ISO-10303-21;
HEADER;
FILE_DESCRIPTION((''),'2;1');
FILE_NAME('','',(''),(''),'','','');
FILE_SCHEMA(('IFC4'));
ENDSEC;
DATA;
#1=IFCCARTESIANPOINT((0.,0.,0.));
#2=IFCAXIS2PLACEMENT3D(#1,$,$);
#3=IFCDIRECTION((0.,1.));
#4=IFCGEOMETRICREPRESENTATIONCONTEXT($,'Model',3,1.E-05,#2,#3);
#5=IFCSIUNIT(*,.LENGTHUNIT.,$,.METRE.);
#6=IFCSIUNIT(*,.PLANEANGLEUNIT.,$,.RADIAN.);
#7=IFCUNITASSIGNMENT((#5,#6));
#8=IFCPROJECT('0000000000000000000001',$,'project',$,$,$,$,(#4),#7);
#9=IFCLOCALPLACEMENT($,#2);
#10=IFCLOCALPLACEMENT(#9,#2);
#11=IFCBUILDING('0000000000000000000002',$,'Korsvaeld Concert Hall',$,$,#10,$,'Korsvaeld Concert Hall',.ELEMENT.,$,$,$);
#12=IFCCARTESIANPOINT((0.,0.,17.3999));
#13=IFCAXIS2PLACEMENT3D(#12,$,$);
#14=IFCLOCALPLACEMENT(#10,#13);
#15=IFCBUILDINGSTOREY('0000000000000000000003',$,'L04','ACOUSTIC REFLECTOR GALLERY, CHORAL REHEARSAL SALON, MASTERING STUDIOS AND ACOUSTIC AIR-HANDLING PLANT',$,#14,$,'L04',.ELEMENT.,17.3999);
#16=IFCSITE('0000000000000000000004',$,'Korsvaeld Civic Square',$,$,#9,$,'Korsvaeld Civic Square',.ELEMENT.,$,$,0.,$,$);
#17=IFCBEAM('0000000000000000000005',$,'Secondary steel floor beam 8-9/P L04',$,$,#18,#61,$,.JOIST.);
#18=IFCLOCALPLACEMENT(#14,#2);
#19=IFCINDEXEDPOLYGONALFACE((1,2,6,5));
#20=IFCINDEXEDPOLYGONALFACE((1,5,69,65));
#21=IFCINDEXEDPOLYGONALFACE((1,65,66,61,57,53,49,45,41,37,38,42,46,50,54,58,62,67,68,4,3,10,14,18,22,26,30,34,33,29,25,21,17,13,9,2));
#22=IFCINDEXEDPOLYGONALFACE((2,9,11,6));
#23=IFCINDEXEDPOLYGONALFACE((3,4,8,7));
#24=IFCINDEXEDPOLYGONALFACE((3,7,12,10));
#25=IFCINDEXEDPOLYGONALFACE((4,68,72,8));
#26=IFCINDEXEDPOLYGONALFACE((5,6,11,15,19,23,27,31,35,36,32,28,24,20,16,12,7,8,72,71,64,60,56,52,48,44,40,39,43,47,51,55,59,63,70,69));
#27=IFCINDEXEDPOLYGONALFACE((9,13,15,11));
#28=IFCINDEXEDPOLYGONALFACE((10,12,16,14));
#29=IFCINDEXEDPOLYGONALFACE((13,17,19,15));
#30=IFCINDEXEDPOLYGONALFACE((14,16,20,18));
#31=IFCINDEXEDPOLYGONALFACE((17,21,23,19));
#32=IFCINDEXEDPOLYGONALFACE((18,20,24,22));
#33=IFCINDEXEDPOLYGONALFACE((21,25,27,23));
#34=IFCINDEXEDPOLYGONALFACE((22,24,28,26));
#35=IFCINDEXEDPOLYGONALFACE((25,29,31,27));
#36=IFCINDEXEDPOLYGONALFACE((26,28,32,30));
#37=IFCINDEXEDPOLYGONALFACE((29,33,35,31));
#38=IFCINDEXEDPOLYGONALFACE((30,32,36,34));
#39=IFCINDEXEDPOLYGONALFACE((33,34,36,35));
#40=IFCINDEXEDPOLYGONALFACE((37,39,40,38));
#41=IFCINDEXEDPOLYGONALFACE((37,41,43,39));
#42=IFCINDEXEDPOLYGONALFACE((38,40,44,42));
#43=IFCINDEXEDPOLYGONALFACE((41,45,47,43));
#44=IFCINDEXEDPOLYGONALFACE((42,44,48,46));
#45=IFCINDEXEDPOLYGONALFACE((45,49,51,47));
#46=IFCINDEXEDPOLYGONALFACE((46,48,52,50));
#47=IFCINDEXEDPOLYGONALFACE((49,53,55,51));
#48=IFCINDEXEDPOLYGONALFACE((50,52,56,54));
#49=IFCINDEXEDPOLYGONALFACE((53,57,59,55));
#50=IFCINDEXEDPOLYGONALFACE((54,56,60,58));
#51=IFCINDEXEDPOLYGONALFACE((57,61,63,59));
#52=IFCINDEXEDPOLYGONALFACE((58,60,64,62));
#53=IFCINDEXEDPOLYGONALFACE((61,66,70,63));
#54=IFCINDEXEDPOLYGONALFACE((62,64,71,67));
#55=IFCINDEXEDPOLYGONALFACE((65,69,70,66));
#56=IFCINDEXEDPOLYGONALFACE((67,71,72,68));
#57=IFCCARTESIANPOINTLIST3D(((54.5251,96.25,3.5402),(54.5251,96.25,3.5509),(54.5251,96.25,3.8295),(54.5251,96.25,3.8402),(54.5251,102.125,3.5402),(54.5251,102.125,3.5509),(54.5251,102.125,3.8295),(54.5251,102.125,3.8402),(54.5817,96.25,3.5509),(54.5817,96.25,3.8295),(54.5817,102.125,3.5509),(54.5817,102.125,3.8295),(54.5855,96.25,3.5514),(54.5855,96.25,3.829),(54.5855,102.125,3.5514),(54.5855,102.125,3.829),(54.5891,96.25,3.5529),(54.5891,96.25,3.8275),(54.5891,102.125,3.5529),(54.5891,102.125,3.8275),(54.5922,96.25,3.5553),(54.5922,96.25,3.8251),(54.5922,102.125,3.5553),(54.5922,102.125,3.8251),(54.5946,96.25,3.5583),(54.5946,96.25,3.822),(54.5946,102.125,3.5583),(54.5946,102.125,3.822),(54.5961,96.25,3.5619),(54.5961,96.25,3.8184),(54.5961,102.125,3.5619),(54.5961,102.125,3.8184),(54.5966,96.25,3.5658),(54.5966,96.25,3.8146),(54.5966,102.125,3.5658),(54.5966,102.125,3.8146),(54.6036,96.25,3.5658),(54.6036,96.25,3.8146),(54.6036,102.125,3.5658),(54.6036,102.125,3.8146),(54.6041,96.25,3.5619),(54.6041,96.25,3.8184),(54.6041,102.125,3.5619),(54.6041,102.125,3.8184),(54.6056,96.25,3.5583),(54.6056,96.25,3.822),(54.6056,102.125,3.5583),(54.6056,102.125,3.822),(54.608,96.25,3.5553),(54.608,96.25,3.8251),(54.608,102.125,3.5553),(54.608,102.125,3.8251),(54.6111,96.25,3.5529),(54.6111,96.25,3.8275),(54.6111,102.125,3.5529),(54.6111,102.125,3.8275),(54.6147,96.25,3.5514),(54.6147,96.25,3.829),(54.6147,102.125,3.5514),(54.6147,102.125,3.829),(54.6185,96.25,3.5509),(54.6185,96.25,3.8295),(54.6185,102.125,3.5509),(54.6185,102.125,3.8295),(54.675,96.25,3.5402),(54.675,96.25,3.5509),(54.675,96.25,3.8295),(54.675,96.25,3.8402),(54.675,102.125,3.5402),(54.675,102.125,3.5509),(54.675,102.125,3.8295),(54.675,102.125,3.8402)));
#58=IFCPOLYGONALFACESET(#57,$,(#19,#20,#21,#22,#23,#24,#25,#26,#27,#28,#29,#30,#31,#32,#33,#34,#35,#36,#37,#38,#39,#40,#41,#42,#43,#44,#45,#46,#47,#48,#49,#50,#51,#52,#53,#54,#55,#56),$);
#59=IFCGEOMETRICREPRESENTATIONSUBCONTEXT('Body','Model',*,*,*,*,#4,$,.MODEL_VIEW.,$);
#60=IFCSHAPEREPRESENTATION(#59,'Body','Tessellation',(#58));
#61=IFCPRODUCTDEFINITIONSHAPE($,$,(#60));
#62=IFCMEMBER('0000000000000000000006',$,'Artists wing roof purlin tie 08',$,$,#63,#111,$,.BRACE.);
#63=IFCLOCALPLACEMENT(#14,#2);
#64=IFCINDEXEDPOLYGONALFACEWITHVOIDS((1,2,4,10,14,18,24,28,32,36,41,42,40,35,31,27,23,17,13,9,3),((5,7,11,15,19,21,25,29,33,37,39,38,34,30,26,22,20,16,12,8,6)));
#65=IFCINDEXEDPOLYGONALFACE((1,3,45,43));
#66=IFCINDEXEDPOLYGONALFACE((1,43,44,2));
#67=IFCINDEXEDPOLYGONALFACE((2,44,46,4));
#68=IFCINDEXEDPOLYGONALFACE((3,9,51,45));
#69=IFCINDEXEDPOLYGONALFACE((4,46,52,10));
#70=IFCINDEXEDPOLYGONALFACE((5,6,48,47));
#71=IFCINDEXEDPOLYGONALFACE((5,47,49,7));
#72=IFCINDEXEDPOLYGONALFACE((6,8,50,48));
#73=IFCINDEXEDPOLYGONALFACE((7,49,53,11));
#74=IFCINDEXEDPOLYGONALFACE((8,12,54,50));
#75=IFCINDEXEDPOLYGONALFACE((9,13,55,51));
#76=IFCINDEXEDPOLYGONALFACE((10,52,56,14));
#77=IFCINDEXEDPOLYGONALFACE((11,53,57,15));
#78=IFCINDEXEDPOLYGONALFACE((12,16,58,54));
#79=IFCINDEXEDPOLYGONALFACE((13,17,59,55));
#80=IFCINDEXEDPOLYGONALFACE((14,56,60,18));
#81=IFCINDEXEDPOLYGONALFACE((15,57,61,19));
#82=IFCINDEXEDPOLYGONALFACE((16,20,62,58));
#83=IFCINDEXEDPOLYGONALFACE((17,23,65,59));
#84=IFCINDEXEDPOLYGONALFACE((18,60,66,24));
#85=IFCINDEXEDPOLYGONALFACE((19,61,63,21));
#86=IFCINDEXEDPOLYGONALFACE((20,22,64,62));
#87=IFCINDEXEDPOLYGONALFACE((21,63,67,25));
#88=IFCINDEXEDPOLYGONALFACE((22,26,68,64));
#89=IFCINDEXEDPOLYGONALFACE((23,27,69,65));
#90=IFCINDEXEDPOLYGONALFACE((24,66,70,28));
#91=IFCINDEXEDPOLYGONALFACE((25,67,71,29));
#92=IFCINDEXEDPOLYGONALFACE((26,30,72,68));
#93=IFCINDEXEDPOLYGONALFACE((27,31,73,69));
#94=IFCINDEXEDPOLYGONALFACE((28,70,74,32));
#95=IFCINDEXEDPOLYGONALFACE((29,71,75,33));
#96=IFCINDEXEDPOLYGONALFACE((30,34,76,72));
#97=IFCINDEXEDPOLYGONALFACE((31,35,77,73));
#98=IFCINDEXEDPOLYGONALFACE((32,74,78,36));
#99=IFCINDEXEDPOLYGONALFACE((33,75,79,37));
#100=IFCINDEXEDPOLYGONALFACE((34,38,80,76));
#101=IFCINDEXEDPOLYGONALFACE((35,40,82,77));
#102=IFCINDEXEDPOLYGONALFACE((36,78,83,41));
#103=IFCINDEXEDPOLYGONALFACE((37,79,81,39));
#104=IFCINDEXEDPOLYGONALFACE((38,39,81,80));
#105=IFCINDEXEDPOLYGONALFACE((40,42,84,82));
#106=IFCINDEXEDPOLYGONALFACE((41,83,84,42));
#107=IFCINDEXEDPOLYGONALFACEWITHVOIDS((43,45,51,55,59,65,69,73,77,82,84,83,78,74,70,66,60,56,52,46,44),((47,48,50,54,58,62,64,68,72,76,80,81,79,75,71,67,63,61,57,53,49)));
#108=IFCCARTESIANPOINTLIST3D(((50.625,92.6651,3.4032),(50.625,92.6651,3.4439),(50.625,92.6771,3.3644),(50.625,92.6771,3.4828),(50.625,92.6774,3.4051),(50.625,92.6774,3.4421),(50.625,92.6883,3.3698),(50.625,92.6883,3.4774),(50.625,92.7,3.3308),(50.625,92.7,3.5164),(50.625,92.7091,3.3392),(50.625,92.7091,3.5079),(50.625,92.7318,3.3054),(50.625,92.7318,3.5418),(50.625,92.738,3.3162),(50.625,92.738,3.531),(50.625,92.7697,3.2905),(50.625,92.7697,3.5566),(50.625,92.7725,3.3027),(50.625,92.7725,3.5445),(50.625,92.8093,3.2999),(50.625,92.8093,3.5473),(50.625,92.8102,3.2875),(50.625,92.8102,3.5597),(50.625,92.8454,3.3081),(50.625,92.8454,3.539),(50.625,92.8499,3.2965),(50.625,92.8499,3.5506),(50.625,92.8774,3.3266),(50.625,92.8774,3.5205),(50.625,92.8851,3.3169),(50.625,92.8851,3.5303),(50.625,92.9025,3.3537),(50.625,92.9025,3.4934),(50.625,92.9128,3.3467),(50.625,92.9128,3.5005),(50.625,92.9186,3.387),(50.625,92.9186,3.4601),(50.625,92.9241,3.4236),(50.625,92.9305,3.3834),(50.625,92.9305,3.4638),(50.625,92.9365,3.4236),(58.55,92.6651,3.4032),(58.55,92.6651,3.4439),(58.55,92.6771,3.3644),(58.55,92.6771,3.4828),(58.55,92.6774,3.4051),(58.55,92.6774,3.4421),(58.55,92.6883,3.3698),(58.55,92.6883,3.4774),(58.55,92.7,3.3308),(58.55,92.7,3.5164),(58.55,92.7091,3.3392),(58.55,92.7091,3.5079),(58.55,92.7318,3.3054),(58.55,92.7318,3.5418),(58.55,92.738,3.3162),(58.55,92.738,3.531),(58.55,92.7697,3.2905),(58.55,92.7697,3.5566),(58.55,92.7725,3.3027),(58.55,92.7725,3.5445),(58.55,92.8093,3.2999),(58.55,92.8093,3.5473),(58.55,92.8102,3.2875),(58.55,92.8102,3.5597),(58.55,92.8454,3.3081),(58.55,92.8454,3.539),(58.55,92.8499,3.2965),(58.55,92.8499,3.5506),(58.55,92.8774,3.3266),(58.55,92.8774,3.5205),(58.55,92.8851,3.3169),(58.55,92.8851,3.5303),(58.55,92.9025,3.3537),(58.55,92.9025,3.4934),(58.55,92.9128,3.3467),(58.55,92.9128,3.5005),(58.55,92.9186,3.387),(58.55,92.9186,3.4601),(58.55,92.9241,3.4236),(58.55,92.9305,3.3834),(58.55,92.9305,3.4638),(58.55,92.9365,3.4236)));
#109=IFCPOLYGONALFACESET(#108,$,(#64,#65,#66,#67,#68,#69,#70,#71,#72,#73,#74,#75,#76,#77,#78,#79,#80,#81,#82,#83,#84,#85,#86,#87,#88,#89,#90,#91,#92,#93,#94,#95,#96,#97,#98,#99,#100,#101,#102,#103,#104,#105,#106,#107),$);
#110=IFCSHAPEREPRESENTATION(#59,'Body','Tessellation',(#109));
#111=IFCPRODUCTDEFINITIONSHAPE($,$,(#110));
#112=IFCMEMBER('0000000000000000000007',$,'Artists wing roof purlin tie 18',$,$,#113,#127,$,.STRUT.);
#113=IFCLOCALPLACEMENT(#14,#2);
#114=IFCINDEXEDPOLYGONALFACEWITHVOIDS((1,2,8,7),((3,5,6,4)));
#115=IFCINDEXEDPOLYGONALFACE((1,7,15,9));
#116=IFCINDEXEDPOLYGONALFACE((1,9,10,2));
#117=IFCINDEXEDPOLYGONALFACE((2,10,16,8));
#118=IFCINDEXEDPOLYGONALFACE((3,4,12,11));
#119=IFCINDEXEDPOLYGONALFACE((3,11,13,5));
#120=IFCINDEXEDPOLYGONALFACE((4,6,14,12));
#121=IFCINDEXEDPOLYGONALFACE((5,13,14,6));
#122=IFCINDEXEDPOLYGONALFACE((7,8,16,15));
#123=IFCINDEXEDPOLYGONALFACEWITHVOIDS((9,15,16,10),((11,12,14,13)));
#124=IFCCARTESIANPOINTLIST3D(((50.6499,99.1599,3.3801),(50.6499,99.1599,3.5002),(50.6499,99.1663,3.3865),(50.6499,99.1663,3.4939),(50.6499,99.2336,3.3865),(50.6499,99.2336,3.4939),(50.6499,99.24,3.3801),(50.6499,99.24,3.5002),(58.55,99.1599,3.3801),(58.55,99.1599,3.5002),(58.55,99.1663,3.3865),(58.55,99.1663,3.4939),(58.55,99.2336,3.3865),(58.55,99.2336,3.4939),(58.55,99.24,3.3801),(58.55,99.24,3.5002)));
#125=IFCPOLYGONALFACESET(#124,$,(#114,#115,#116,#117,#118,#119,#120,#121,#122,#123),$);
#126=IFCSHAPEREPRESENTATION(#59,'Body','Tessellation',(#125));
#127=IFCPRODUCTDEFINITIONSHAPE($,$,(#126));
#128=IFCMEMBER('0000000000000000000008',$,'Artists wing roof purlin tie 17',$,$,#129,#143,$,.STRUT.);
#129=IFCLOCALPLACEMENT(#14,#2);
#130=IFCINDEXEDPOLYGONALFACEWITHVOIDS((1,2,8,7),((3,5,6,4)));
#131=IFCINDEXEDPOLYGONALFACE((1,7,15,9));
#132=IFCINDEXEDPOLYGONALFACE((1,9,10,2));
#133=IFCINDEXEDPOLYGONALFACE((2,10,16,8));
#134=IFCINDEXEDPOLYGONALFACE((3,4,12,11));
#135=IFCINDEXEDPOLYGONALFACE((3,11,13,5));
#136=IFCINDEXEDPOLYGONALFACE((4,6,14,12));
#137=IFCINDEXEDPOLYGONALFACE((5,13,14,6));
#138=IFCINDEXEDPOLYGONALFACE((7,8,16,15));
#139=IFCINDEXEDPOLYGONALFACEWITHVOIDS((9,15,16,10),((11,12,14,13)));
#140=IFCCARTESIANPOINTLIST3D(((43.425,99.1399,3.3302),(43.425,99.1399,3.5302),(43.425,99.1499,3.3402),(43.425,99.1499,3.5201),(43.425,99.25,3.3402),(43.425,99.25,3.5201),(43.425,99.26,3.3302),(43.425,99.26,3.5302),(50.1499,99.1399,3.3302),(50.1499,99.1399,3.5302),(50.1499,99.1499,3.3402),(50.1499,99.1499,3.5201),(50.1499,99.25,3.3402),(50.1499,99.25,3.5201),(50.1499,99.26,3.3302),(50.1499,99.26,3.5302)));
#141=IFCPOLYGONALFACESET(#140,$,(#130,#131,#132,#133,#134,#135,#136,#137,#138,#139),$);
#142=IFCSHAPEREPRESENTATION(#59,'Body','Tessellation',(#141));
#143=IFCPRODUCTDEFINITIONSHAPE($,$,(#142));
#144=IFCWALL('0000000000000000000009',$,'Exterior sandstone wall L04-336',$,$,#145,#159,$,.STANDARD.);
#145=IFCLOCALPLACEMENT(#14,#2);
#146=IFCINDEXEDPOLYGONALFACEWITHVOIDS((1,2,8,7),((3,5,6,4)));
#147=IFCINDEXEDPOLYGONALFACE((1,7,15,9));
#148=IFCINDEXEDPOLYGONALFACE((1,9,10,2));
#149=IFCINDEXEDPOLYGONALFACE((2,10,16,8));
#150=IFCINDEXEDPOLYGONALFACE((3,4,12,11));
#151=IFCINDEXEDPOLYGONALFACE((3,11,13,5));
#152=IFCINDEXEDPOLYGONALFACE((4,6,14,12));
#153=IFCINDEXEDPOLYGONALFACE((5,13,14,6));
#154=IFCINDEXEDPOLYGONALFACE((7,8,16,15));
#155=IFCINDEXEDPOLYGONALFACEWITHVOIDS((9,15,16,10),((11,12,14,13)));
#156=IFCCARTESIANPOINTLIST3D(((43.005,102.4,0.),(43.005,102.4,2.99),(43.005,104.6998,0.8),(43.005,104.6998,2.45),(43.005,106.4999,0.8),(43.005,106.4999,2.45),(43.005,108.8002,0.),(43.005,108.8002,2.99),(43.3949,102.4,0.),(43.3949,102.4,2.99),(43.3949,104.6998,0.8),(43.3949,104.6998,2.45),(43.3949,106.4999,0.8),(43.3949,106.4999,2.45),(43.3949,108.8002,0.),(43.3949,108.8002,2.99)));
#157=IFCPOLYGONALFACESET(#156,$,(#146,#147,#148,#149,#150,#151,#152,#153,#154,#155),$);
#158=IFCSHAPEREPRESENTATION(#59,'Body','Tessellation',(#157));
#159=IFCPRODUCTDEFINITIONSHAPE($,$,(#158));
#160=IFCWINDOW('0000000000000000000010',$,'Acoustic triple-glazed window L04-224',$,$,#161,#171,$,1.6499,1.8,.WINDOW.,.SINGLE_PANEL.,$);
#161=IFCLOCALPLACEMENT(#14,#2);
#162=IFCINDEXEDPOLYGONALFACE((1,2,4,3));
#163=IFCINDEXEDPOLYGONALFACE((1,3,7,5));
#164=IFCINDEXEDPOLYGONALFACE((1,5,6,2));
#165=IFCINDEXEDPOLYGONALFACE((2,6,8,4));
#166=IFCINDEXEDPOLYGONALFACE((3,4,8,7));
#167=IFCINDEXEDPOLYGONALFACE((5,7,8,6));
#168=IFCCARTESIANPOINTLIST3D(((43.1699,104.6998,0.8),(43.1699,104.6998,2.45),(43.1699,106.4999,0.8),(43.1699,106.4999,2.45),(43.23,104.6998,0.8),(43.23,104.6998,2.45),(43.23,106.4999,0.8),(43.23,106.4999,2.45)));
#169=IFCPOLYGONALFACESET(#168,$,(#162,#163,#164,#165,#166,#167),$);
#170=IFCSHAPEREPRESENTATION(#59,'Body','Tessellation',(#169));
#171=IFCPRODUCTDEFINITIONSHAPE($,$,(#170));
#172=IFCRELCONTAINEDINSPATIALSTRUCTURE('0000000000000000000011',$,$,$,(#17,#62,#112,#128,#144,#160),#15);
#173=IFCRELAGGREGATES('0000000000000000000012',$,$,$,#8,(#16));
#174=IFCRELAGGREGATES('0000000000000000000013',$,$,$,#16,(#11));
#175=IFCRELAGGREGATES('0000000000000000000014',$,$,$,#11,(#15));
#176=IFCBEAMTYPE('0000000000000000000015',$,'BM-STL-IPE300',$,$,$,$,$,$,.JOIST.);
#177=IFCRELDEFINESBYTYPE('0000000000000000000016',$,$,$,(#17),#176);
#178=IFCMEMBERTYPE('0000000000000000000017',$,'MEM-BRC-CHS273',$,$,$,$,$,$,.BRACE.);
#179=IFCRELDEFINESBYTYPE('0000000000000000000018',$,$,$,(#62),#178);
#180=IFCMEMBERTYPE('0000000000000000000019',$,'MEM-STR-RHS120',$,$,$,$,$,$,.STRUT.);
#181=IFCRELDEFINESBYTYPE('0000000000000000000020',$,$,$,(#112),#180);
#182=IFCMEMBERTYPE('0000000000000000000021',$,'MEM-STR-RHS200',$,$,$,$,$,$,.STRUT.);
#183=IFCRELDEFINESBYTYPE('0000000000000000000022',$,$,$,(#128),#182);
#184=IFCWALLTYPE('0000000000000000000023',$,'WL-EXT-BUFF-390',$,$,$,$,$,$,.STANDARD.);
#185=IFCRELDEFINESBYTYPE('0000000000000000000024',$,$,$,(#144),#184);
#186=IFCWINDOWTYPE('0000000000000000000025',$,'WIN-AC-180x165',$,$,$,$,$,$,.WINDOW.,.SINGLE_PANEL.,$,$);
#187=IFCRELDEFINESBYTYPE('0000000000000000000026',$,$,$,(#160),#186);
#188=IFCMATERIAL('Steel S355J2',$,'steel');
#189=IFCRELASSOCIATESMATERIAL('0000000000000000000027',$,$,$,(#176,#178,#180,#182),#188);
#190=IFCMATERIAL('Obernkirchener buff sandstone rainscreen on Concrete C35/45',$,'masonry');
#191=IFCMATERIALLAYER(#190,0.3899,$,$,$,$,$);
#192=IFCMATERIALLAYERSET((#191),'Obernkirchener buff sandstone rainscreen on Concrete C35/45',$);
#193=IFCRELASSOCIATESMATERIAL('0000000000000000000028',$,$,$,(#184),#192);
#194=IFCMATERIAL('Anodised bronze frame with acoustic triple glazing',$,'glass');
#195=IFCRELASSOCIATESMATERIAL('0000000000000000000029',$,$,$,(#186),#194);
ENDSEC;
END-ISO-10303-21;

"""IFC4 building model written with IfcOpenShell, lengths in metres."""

from ifc_helpers import new_model, si_unit, direction, frame, frame_2d, origin, origin_2d, place, context, subcontext, project, spatial, rectangle, hollow_rectangle, hollow_circle, i_section, extrude, material, layer, layer_set, material_profile, profile_set, type_object, element, fill, save


model = new_model("IFC4")

# Units and contexts
model_context = context("Model", 3, precision=1e-05, world=origin(), true_north=direction((0.0, 1.0)))
body_context = subcontext(model_context, "Body", "Model", "MODEL_VIEW")
ifc_project = project(units=[si_unit("LENGTHUNIT", "METRE"), si_unit("PLANEANGLEUNIT", "RADIAN")], contexts=[model_context])

# Site, building, storey
site_placement = place(None, origin())
site = spatial("IfcSite", under=ifc_project, at=site_placement, Name="Korsvaeld Civic Square", LongName="Korsvaeld Civic Square", CompositionType="ELEMENT", RefElevation=0.0)
building_placement = place(site_placement, origin())
building = spatial("IfcBuilding", under=site, at=building_placement, Name="Korsvaeld Concert Hall", LongName="Korsvaeld Concert Hall", CompositionType="ELEMENT")
storey_placement = place(building_placement, frame((0.0, 0.0, 17.3999)))
storey = spatial("IfcBuildingStorey", under=building, at=storey_placement, Name="L04", Description="ACOUSTIC REFLECTOR GALLERY, CHORAL REHEARSAL SALON, MASTERING STUDIOS AND ACOUSTIC AIR-HANDLING PLANT", LongName="L04", CompositionType="ELEMENT", Elevation=17.3999)

# Beam
ifc_material_1 = material(Name="Steel S355J2", Category="steel")
ifc_material_profile_1 = material_profile(ifc_material_1, i_section(OverallWidth=0.1499, OverallDepth=0.3, WebThickness=0.0071, FlangeThickness=0.0107, FilletRadius=0.0149, at=origin_2d()), Name="IPE 300")
ifc_profile_set_1 = profile_set([ifc_material_profile_1], Name="Steel S355J2")
beam_type_1 = type_object("IfcBeamType", Name="BM-STL-IPE300", PredefinedType="JOIST", material=ifc_profile_set_1)
beam_1_placement = place(storey_placement, frame((54.6001, 96.25, 3.6902), z_axis=(0.0, 1.0, 0.0), x_axis=(-1.0, 0.0, 0.0)))
element("IfcBeam", 1, at=beam_1_placement, inside=storey, type_object=beam_type_1, Name="Secondary steel floor beam 8-9/P L04", PredefinedType="JOIST", context=body_context, shape_type="SweptSolid", body=[
    extrude(i_section(OverallWidth=0.1499, OverallDepth=0.3, WebThickness=0.0071, FlangeThickness=0.0107, FilletRadius=0.0149, at=origin_2d()), origin(), (0.0, 0.0, 1.0), 5.875),
])

# Members
ifc_material_profile_2 = material_profile(ifc_material_1, hollow_circle(Radius=0.1365, WallThickness=0.0125, at=origin_2d()), Name="CHS 273x12.5")
ifc_profile_set_2 = profile_set([ifc_material_profile_2], Name="Steel S355J2")
member_type_1 = type_object("IfcMemberType", Name="MEM-BRC-CHS273", PredefinedType="BRACE", material=ifc_profile_set_2)
member_1_placement = place(storey_placement, frame((50.625, 92.8, 3.4236), z_axis=(1.0, 0.0, 0.0), x_axis=(0.0, 1.0, 0.0)))
element("IfcMember", 2, at=member_1_placement, inside=storey, type_object=member_type_1, Name="Artists wing roof purlin tie 08", PredefinedType="BRACE", context=body_context, shape_type="SweptSolid", body=[
    extrude(hollow_circle(Radius=0.1365, WallThickness=0.0125, at=origin_2d()), origin(), (0.0, 0.0, 1.0), 7.925),
])
ifc_material_profile_3 = material_profile(ifc_material_1, hollow_rectangle(XDim=0.0801, YDim=0.1201, WallThickness=0.0063, at=origin_2d()), Name="RHS 120x80x6.3")
ifc_profile_set_3 = profile_set([ifc_material_profile_3], Name="Steel S355J2")
member_type_2 = type_object("IfcMemberType", Name="MEM-STR-RHS120", PredefinedType="STRUT", material=ifc_profile_set_3)
member_2_placement = place(storey_placement, frame((50.6499, 99.2, 3.4402), z_axis=(1.0, 0.0, 0.0), x_axis=(0.0, 1.0, 0.0)))
element("IfcMember", 3, at=member_2_placement, inside=storey, type_object=member_type_2, Name="Artists wing roof purlin tie 18", PredefinedType="STRUT", context=body_context, shape_type="SweptSolid", body=[
    extrude(hollow_rectangle(XDim=0.0801, YDim=0.1201, WallThickness=0.0063, at=origin_2d()), origin(), (0.0, 0.0, 1.0), 7.9001),
])
ifc_material_profile_4 = material_profile(ifc_material_1, hollow_rectangle(XDim=0.1201, YDim=0.2, WallThickness=0.01, at=origin_2d()), Name="RHS 200x120x10")
ifc_profile_set_4 = profile_set([ifc_material_profile_4], Name="Steel S355J2")
member_type_3 = type_object("IfcMemberType", Name="MEM-STR-RHS200", PredefinedType="STRUT", material=ifc_profile_set_4)
member_3_placement = place(storey_placement, frame((43.425, 99.2, 3.4302), z_axis=(1.0, 0.0, 0.0), x_axis=(0.0, 1.0, 0.0)))
element("IfcMember", 4, at=member_3_placement, inside=storey, type_object=member_type_3, Name="Artists wing roof purlin tie 17", PredefinedType="STRUT", context=body_context, shape_type="SweptSolid", body=[
    extrude(hollow_rectangle(XDim=0.1201, YDim=0.2, WallThickness=0.01, at=origin_2d()), origin(), (0.0, 0.0, 1.0), 6.7249),
])

# Wall, opening, window
ifc_material_2 = material(Name="Obernkirchener buff sandstone rainscreen on Concrete C35/45", Category="masonry")
ifc_layer_1 = layer(ifc_material_2, 0.3899)
ifc_layer_set_1 = layer_set([ifc_layer_1], Name="Obernkirchener buff sandstone rainscreen on Concrete C35/45")
wall_type_1 = type_object("IfcWallType", Name="WL-EXT-BUFF-390", PredefinedType="STANDARD", material=ifc_layer_set_1)
wall_1_placement = place(storey_placement, frame((43.2, 102.3999, 0.0), z_axis=(0.0, 0.0, 1.0), x_axis=(0.0, 1.0, 0.0)))
wall_1 = element("IfcWall", 5, at=wall_1_placement, inside=storey, type_object=wall_type_1, Name="Exterior sandstone wall L04-336", PredefinedType="STANDARD", context=body_context, shape_type="SweptSolid", body=[
    extrude(rectangle(XDim=6.4001, YDim=0.3899, at=frame_2d((3.2002, 0.0))), origin(), (0.0, 0.0, 1.0), 2.99),
])
opening_1_placement = place(wall_1_placement, frame((2.3, 0.0, 0.8)))
opening_1 = element("IfcOpeningElement", 6, at=opening_1_placement, cuts=wall_1, PredefinedType="OPENING", context=body_context, shape_type="SweptSolid", body=[
    extrude(rectangle(XDim=1.8, YDim=1.6499, at=frame_2d((0.8999, 0.825))), frame((0.0, 0.2051, 0.0), z_axis=(0.0, -1.0, 0.0), x_axis=(1.0, 0.0, 0.0)), (0.0, 0.0, 1.0), 0.4099),
])
ifc_material_3 = material(Name="Anodised bronze frame with acoustic triple glazing", Category="glass")
window_type_1 = type_object("IfcWindowType", Name="WIN-AC-180x165", PartitioningType="SINGLE_PANEL", PredefinedType="WINDOW", material=ifc_material_3)
window_1_placement = place(opening_1_placement, origin())
window_1 = element("IfcWindow", 7, at=window_1_placement, inside=storey, type_object=window_type_1, Name="Acoustic triple-glazed window L04-224", OverallHeight=1.6499, OverallWidth=1.8, PartitioningType="SINGLE_PANEL", PredefinedType="WINDOW", context=body_context, shape_type="SweptSolid", body=[
    extrude(rectangle(XDim=1.8, YDim=1.6499, at=frame_2d((0.8999, 0.825))), frame((0.0, 0.03, 0.0), z_axis=(0.0, -1.0, 0.0), x_axis=(1.0, 0.0, 0.0)), (0.0, 0.0, 1.0), 0.0601),
])
fill(opening_1, window_1)

save(model, "model.ifc")
